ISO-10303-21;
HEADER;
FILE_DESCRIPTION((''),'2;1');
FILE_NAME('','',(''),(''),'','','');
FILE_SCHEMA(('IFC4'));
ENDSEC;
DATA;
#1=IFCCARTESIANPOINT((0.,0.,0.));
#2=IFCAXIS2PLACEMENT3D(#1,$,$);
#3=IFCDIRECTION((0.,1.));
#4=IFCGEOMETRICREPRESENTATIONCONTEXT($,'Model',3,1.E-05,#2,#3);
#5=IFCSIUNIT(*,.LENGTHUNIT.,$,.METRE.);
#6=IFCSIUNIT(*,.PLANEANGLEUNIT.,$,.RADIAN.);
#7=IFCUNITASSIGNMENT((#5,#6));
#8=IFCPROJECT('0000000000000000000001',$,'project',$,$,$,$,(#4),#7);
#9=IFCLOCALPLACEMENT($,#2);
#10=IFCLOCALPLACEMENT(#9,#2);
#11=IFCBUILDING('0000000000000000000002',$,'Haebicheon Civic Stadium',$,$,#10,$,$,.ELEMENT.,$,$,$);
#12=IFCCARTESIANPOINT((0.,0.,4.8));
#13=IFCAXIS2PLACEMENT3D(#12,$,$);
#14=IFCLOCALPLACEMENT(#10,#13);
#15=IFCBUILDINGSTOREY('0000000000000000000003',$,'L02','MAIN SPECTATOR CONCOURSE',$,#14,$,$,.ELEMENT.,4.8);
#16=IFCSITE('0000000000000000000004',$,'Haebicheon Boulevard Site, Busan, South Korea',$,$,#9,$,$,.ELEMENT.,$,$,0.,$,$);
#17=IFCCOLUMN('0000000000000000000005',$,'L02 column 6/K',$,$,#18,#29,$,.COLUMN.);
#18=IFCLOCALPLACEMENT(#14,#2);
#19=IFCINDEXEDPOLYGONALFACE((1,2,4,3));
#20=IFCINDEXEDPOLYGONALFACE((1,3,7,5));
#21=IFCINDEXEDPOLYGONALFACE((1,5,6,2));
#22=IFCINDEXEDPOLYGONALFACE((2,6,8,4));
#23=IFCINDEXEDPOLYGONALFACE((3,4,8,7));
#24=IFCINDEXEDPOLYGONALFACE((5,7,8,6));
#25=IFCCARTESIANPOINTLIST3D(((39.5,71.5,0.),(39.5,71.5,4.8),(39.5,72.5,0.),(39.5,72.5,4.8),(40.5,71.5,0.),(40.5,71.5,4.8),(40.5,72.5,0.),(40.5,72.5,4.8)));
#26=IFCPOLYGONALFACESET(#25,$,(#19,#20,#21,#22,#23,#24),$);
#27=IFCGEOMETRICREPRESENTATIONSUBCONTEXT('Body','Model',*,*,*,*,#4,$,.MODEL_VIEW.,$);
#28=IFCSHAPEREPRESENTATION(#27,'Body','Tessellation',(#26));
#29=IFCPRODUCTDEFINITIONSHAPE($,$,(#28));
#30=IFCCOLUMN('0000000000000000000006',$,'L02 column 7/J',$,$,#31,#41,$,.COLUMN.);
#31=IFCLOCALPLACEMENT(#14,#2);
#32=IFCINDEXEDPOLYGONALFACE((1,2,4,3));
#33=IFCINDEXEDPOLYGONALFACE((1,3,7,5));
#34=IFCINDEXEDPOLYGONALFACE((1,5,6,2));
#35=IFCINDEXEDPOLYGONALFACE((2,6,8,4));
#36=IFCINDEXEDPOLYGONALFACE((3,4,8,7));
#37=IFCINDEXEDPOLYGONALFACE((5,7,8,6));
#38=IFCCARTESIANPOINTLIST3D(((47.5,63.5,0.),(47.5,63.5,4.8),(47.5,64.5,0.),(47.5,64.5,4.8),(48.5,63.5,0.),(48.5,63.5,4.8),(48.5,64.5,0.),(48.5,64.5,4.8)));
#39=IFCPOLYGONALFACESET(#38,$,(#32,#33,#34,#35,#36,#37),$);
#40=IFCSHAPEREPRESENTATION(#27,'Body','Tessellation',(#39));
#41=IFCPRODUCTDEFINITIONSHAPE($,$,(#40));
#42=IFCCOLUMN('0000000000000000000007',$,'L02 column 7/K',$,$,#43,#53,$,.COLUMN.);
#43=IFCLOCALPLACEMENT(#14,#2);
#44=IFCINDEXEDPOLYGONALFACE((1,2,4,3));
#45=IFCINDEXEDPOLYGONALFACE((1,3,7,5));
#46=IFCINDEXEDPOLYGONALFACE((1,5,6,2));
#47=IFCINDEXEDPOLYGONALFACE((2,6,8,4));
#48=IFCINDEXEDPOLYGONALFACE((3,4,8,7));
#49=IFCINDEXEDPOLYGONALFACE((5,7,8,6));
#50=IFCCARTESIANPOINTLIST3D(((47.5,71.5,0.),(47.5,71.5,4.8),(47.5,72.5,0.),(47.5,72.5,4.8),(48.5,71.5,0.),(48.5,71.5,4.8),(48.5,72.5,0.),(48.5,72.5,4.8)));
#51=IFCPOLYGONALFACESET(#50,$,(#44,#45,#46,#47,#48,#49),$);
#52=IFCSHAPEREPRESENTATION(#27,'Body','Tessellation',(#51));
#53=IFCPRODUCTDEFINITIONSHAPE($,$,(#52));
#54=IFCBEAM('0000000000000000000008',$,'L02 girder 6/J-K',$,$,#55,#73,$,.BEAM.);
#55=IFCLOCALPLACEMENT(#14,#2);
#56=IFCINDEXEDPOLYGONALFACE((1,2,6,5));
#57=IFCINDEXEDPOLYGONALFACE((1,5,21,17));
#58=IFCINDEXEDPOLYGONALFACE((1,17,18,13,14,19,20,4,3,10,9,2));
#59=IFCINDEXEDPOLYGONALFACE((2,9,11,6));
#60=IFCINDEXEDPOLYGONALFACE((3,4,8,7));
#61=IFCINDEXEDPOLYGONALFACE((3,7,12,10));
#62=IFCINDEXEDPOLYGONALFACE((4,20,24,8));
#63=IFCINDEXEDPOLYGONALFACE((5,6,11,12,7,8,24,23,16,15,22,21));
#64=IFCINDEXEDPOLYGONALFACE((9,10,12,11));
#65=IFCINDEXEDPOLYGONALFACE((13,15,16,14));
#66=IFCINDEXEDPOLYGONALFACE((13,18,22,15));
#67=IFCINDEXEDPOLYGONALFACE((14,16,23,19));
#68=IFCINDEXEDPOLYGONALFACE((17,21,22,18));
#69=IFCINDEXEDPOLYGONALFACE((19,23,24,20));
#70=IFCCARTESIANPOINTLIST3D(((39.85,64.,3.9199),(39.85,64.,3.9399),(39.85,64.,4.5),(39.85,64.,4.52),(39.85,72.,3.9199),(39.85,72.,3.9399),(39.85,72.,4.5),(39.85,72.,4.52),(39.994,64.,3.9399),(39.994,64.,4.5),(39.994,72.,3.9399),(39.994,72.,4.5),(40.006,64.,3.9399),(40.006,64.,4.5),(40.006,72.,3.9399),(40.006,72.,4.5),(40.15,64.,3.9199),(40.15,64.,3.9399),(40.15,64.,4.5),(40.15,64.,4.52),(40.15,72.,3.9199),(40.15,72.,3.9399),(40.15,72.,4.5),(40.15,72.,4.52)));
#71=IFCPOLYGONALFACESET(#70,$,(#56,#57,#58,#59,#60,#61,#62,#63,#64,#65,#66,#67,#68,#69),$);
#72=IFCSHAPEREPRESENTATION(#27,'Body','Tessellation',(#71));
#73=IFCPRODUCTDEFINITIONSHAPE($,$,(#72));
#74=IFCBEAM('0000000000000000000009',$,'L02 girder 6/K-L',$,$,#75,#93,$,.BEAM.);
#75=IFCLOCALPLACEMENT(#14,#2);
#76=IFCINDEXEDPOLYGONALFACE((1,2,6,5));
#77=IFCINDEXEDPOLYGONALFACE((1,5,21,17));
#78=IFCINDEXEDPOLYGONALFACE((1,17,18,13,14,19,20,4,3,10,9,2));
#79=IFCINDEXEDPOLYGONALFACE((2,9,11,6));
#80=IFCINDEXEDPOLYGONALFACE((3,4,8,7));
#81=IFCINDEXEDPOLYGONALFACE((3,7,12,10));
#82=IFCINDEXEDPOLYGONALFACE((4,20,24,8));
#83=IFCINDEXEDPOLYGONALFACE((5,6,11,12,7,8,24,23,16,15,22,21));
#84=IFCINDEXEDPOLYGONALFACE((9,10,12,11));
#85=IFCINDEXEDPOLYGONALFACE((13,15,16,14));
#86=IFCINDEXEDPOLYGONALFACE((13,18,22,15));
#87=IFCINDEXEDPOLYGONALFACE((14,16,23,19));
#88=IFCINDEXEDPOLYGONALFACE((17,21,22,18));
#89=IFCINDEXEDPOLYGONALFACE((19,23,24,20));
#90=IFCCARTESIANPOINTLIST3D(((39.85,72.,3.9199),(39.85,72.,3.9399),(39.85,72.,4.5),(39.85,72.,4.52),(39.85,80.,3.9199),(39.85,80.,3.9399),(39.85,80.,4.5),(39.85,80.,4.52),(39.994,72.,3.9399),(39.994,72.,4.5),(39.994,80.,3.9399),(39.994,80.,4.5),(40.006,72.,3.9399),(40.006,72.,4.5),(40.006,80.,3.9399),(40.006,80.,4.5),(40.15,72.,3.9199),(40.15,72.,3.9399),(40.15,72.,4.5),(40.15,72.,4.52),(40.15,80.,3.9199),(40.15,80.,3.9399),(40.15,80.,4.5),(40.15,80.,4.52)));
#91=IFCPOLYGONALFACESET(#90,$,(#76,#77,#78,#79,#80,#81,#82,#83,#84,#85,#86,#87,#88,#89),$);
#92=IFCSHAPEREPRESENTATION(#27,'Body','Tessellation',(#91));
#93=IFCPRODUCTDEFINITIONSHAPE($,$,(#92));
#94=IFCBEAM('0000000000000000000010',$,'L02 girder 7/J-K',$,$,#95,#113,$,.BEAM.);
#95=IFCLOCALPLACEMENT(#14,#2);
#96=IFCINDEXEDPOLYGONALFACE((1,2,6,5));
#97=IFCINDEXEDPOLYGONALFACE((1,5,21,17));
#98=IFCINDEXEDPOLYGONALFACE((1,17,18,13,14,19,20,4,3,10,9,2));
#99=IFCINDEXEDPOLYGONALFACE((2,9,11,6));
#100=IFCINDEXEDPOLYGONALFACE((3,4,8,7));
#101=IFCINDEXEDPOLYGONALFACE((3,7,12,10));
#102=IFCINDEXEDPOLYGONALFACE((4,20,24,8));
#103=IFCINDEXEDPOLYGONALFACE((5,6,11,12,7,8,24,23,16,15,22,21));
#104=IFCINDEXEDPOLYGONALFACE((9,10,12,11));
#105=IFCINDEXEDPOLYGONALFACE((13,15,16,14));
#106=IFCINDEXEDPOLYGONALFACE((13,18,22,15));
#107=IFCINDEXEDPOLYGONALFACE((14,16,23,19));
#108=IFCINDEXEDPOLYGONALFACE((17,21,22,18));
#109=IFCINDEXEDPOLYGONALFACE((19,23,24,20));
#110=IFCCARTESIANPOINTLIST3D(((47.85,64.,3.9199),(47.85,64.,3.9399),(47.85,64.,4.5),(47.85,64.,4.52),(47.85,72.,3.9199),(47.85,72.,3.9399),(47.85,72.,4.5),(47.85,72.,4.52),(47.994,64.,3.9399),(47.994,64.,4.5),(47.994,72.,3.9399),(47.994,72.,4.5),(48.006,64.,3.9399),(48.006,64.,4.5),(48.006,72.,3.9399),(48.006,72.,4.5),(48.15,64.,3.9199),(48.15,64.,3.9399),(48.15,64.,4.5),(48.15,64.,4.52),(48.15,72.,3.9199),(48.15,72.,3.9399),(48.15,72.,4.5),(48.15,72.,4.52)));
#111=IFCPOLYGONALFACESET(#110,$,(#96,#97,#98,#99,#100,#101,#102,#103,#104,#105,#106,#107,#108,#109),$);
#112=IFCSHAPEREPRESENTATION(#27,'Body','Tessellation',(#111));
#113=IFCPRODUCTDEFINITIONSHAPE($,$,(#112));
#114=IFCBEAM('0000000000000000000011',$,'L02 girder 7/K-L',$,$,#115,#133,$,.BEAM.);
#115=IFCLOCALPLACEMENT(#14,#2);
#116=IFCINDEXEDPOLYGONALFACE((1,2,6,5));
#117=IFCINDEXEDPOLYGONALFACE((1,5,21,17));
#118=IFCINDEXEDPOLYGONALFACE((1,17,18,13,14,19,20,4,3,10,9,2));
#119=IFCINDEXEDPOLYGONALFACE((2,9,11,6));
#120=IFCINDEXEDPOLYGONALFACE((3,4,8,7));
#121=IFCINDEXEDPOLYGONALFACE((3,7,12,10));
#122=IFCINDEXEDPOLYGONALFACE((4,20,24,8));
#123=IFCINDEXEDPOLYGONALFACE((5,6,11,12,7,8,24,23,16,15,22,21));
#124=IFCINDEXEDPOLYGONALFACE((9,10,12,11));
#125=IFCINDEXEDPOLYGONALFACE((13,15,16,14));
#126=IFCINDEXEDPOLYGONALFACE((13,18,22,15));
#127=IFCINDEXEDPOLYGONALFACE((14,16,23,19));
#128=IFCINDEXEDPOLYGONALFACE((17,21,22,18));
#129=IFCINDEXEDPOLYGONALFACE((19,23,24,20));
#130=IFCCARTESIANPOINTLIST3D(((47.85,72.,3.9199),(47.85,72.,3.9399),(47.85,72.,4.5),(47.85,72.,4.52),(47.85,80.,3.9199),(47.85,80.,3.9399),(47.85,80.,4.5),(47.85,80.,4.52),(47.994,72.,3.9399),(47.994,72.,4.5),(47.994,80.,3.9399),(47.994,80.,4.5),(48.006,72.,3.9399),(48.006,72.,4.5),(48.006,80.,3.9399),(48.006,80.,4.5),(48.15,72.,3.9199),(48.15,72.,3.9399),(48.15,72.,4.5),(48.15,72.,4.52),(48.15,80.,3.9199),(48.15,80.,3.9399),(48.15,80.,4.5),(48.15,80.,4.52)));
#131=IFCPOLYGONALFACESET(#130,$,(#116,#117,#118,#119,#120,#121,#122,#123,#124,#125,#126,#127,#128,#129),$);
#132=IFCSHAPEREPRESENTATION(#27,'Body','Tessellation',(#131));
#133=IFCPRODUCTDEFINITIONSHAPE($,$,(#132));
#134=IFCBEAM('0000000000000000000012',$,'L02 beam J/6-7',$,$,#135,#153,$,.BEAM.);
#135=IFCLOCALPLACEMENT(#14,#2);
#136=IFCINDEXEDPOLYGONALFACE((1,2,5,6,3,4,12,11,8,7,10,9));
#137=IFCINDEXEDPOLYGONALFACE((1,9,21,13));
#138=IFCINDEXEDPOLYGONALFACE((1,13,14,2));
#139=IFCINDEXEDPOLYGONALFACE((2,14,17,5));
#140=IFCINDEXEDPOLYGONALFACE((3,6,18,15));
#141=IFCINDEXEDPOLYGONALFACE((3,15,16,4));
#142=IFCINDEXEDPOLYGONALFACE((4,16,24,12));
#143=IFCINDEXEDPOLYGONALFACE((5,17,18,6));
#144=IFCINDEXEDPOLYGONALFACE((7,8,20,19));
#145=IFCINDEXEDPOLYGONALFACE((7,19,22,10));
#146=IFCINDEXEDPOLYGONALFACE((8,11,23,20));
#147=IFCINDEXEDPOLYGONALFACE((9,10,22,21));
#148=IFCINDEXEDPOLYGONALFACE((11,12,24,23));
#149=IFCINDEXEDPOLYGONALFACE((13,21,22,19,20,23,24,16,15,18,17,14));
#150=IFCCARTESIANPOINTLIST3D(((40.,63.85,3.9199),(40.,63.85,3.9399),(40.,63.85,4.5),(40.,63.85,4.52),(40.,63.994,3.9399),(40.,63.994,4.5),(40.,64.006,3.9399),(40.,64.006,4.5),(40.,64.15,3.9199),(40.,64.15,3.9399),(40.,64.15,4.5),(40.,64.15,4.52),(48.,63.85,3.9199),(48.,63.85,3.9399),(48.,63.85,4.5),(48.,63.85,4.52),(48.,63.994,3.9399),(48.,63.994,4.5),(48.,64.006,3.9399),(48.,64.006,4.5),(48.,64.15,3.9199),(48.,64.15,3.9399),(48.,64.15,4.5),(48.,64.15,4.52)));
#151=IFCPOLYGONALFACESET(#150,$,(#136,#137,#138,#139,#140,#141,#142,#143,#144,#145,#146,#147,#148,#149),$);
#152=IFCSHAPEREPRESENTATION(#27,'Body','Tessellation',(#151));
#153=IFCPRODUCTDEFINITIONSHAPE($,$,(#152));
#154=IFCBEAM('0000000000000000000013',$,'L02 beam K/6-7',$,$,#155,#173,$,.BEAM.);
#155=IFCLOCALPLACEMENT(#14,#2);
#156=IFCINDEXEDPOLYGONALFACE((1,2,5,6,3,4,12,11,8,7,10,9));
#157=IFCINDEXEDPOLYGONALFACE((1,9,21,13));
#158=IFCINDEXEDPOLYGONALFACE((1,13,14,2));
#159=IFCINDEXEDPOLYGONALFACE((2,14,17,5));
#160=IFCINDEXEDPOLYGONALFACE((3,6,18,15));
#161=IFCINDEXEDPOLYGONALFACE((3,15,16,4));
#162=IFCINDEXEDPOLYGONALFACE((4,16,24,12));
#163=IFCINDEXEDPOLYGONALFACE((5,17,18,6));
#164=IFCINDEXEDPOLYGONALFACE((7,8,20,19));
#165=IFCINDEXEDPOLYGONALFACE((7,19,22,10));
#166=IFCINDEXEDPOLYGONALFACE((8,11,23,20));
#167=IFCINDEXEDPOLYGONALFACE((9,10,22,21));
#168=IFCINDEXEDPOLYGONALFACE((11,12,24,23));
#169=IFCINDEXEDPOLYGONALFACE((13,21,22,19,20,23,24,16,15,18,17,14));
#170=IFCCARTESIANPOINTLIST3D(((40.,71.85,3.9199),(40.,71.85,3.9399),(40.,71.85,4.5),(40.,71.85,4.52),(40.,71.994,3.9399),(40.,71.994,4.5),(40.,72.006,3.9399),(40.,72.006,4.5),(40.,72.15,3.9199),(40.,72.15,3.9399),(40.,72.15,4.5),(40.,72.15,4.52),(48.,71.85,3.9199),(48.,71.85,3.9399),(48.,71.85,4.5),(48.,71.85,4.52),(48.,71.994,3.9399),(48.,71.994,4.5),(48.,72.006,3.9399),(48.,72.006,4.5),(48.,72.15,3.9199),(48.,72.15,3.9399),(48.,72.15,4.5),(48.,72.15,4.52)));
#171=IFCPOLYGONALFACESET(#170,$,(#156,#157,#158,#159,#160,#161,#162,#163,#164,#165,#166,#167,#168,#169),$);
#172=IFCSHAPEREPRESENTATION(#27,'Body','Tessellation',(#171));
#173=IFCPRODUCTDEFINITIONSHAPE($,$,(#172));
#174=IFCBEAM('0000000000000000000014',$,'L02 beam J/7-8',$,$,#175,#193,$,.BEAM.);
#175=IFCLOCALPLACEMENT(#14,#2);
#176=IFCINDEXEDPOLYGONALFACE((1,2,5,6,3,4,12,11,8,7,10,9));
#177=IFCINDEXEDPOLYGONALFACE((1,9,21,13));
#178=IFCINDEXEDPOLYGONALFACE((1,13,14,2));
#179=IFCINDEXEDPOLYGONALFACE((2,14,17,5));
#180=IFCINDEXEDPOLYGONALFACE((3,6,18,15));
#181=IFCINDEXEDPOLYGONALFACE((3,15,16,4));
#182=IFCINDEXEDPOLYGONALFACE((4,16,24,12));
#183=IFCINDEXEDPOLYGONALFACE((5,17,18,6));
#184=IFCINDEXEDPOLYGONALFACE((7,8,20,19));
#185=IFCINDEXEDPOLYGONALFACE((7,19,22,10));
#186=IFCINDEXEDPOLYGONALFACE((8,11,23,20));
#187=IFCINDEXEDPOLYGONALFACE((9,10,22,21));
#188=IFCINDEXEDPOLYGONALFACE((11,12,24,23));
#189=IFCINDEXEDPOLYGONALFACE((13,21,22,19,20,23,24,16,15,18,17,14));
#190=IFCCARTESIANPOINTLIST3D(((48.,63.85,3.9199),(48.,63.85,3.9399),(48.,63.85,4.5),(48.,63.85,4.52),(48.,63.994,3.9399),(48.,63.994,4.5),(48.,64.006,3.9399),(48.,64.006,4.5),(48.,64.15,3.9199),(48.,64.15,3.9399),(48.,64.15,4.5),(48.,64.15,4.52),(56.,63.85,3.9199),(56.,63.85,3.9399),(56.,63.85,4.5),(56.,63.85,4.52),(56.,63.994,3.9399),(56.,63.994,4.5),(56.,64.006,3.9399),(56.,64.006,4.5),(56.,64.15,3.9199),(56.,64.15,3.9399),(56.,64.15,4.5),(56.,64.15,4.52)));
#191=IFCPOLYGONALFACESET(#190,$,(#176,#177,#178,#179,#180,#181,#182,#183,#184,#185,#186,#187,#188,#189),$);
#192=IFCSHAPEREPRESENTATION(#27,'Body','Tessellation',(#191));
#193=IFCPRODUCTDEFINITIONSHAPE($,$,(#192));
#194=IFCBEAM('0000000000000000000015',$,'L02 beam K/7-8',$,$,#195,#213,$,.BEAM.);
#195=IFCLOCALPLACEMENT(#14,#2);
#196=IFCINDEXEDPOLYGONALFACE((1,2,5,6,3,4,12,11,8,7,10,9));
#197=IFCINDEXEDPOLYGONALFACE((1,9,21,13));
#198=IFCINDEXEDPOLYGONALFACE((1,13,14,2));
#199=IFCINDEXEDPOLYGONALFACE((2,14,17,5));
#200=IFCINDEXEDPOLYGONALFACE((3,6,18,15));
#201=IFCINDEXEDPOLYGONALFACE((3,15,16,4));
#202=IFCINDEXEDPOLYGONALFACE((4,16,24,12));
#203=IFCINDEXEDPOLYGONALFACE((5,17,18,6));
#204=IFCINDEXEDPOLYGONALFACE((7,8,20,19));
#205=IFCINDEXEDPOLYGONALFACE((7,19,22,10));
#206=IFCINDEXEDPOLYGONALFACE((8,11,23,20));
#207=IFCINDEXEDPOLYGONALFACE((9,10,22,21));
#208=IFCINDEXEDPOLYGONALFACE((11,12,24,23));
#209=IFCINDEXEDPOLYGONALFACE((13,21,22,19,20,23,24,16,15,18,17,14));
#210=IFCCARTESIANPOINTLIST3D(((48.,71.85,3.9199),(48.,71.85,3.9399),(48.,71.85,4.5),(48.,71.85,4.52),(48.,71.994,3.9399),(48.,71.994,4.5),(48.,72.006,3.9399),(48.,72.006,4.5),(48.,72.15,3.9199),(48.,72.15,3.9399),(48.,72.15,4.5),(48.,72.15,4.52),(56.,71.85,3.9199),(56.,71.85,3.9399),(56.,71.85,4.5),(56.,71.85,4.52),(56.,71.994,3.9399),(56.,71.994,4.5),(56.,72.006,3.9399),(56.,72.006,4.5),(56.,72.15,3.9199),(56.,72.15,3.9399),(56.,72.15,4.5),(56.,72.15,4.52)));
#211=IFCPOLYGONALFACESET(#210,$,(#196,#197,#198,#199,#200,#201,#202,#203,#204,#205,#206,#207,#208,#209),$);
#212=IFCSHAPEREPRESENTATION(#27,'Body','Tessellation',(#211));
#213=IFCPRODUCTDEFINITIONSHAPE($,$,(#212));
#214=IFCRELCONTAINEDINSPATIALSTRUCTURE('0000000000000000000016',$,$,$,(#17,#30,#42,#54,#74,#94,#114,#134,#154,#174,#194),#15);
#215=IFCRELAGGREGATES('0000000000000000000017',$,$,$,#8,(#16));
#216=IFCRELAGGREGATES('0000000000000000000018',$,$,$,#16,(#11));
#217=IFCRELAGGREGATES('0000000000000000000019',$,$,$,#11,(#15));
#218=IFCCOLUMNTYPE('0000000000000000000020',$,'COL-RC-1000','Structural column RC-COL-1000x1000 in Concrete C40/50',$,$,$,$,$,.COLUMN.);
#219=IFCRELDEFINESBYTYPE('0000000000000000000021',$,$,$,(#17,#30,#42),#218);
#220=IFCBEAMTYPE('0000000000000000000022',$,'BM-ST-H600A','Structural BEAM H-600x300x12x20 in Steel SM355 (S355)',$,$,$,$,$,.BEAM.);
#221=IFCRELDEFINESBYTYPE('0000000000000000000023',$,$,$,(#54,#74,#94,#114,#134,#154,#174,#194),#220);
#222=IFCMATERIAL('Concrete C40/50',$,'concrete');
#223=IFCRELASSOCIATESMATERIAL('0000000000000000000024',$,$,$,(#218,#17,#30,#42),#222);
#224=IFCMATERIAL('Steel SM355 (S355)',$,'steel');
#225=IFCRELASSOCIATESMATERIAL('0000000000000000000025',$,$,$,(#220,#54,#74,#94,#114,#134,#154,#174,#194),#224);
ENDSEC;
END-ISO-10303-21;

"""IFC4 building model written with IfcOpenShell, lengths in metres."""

from ifc_helpers import new_model, si_unit, direction, frame, origin, origin_2d, place, context, subcontext, project, spatial, rectangle, i_section, extrude, material, material_profile, profile_set, type_object, element, save


model = new_model("IFC4")

# Units and contexts
model_context = context("Model", 3, precision=1e-05, world=origin(), true_north=direction((0.0, 1.0)))
body_context = subcontext(model_context, "Body", "Model", "MODEL_VIEW")
ifc_project = project(units=[si_unit("LENGTHUNIT", "METRE"), si_unit("PLANEANGLEUNIT", "RADIAN")], contexts=[model_context])

# Site, building, storey
site_placement = place(None, origin())
site = spatial("IfcSite", under=ifc_project, at=site_placement, Name="Haebicheon Boulevard Site, Busan, South Korea", CompositionType="ELEMENT", RefElevation=0.0)
building_placement = place(site_placement, origin())
building = spatial("IfcBuilding", under=site, at=building_placement, Name="Haebicheon Civic Stadium", CompositionType="ELEMENT")
storey_placement = place(building_placement, frame((0.0, 0.0, 4.8)))
storey = spatial("IfcBuildingStorey", under=building, at=storey_placement, Name="L02", Description="MAIN SPECTATOR CONCOURSE", CompositionType="ELEMENT", Elevation=4.8)

# Columns
ifc_material_1 = material(Name="Concrete C40/50", Category="concrete")
ifc_material_profile_1 = material_profile(ifc_material_1, rectangle(XDim=1.0, YDim=1.0, at=origin_2d()), Name="RC-COL-1000x1000")
ifc_profile_set_1 = profile_set([ifc_material_profile_1], Name="Concrete C40/50")
column_type = type_object("IfcColumnType", Name="COL-RC-1000", Description="Structural column RC-COL-1000x1000 in Concrete C40/50", PredefinedType="COLUMN", material=ifc_profile_set_1)
for number, where, z_axis, x_axis, name in (
    (1, (40.0, 72.0, 0.0), (0.0, 0.0, 1.0), (1.0, 0.0, 0.0), "L02 column 6/K"),
    (2, (48.0, 64.0, 0.0), (0.0, 0.0, 1.0), (1.0, 0.0, 0.0), "L02 column 7/J"),
    (3, (48.0, 72.0, 0.0), (0.0, 0.0, 1.0), (1.0, 0.0, 0.0), "L02 column 7/K"),
):
    element("IfcColumn", number, at=place(storey_placement, frame(where, z_axis=z_axis, x_axis=x_axis)), inside=storey, type_object=column_type, material=ifc_profile_set_1, Name=name, PredefinedType="COLUMN", context=body_context, shape_type="SweptSolid", body=[
        extrude(rectangle(XDim=1.0, YDim=1.0, at=origin_2d()), origin(), (0.0, 0.0, 1.0), 4.8),
    ])

# Beams
ifc_material_2 = material(Name="Steel SM355 (S355)", Category="steel")
ifc_material_profile_2 = material_profile(ifc_material_2, i_section(OverallWidth=0.3, OverallDepth=0.6001, WebThickness=0.012, FlangeThickness=0.02, at=origin_2d()), Name="H-600x300x12x20")
ifc_profile_set_2 = profile_set([ifc_material_profile_2], Name="Steel SM355 (S355)")
beam_type_1 = type_object("IfcBeamType", Name="BM-ST-H600A", Description="Structural BEAM H-600x300x12x20 in Steel SM355 (S355)", PredefinedType="BEAM", material=ifc_profile_set_2)
for number, where, z_axis, x_axis, name in (
    (4, (40.0, 64.0, 4.22), (0.0, 1.0, 0.0), (-1.0, 0.0, 0.0), "L02 girder 6/J-K"),
    (5, (40.0, 72.0, 4.22), (0.0, 1.0, 0.0), (-1.0, 0.0, 0.0), "L02 girder 6/K-L"),
    (6, (48.0, 64.0, 4.22), (0.0, 1.0, 0.0), (-1.0, 0.0, 0.0), "L02 girder 7/J-K"),
    (7, (48.0, 72.0, 4.22), (0.0, 1.0, 0.0), (-1.0, 0.0, 0.0), "L02 girder 7/K-L"),
    (8, (40.0, 64.0, 4.22), (1.0, 0.0, 0.0), (0.0, 1.0, 0.0), "L02 beam J/6-7"),
    (9, (40.0, 72.0, 4.22), (1.0, 0.0, 0.0), (0.0, 1.0, 0.0), "L02 beam K/6-7"),
    (10, (48.0, 64.0, 4.22), (1.0, 0.0, 0.0), (0.0, 1.0, 0.0), "L02 beam J/7-8"),
    (11, (48.0, 72.0, 4.22), (1.0, 0.0, 0.0), (0.0, 1.0, 0.0), "L02 beam K/7-8"),
):
    element("IfcBeam", number, at=place(storey_placement, frame(where, z_axis=z_axis, x_axis=x_axis)), inside=storey, type_object=beam_type_1, material=ifc_profile_set_2, Name=name, PredefinedType="BEAM", context=body_context, shape_type="SweptSolid", body=[
        extrude(i_section(OverallWidth=0.3, OverallDepth=0.6001, WebThickness=0.012, FlangeThickness=0.02, at=origin_2d()), origin(), (0.0, 0.0, 1.0), 8.0),
    ])

save(model, "model.ifc")
